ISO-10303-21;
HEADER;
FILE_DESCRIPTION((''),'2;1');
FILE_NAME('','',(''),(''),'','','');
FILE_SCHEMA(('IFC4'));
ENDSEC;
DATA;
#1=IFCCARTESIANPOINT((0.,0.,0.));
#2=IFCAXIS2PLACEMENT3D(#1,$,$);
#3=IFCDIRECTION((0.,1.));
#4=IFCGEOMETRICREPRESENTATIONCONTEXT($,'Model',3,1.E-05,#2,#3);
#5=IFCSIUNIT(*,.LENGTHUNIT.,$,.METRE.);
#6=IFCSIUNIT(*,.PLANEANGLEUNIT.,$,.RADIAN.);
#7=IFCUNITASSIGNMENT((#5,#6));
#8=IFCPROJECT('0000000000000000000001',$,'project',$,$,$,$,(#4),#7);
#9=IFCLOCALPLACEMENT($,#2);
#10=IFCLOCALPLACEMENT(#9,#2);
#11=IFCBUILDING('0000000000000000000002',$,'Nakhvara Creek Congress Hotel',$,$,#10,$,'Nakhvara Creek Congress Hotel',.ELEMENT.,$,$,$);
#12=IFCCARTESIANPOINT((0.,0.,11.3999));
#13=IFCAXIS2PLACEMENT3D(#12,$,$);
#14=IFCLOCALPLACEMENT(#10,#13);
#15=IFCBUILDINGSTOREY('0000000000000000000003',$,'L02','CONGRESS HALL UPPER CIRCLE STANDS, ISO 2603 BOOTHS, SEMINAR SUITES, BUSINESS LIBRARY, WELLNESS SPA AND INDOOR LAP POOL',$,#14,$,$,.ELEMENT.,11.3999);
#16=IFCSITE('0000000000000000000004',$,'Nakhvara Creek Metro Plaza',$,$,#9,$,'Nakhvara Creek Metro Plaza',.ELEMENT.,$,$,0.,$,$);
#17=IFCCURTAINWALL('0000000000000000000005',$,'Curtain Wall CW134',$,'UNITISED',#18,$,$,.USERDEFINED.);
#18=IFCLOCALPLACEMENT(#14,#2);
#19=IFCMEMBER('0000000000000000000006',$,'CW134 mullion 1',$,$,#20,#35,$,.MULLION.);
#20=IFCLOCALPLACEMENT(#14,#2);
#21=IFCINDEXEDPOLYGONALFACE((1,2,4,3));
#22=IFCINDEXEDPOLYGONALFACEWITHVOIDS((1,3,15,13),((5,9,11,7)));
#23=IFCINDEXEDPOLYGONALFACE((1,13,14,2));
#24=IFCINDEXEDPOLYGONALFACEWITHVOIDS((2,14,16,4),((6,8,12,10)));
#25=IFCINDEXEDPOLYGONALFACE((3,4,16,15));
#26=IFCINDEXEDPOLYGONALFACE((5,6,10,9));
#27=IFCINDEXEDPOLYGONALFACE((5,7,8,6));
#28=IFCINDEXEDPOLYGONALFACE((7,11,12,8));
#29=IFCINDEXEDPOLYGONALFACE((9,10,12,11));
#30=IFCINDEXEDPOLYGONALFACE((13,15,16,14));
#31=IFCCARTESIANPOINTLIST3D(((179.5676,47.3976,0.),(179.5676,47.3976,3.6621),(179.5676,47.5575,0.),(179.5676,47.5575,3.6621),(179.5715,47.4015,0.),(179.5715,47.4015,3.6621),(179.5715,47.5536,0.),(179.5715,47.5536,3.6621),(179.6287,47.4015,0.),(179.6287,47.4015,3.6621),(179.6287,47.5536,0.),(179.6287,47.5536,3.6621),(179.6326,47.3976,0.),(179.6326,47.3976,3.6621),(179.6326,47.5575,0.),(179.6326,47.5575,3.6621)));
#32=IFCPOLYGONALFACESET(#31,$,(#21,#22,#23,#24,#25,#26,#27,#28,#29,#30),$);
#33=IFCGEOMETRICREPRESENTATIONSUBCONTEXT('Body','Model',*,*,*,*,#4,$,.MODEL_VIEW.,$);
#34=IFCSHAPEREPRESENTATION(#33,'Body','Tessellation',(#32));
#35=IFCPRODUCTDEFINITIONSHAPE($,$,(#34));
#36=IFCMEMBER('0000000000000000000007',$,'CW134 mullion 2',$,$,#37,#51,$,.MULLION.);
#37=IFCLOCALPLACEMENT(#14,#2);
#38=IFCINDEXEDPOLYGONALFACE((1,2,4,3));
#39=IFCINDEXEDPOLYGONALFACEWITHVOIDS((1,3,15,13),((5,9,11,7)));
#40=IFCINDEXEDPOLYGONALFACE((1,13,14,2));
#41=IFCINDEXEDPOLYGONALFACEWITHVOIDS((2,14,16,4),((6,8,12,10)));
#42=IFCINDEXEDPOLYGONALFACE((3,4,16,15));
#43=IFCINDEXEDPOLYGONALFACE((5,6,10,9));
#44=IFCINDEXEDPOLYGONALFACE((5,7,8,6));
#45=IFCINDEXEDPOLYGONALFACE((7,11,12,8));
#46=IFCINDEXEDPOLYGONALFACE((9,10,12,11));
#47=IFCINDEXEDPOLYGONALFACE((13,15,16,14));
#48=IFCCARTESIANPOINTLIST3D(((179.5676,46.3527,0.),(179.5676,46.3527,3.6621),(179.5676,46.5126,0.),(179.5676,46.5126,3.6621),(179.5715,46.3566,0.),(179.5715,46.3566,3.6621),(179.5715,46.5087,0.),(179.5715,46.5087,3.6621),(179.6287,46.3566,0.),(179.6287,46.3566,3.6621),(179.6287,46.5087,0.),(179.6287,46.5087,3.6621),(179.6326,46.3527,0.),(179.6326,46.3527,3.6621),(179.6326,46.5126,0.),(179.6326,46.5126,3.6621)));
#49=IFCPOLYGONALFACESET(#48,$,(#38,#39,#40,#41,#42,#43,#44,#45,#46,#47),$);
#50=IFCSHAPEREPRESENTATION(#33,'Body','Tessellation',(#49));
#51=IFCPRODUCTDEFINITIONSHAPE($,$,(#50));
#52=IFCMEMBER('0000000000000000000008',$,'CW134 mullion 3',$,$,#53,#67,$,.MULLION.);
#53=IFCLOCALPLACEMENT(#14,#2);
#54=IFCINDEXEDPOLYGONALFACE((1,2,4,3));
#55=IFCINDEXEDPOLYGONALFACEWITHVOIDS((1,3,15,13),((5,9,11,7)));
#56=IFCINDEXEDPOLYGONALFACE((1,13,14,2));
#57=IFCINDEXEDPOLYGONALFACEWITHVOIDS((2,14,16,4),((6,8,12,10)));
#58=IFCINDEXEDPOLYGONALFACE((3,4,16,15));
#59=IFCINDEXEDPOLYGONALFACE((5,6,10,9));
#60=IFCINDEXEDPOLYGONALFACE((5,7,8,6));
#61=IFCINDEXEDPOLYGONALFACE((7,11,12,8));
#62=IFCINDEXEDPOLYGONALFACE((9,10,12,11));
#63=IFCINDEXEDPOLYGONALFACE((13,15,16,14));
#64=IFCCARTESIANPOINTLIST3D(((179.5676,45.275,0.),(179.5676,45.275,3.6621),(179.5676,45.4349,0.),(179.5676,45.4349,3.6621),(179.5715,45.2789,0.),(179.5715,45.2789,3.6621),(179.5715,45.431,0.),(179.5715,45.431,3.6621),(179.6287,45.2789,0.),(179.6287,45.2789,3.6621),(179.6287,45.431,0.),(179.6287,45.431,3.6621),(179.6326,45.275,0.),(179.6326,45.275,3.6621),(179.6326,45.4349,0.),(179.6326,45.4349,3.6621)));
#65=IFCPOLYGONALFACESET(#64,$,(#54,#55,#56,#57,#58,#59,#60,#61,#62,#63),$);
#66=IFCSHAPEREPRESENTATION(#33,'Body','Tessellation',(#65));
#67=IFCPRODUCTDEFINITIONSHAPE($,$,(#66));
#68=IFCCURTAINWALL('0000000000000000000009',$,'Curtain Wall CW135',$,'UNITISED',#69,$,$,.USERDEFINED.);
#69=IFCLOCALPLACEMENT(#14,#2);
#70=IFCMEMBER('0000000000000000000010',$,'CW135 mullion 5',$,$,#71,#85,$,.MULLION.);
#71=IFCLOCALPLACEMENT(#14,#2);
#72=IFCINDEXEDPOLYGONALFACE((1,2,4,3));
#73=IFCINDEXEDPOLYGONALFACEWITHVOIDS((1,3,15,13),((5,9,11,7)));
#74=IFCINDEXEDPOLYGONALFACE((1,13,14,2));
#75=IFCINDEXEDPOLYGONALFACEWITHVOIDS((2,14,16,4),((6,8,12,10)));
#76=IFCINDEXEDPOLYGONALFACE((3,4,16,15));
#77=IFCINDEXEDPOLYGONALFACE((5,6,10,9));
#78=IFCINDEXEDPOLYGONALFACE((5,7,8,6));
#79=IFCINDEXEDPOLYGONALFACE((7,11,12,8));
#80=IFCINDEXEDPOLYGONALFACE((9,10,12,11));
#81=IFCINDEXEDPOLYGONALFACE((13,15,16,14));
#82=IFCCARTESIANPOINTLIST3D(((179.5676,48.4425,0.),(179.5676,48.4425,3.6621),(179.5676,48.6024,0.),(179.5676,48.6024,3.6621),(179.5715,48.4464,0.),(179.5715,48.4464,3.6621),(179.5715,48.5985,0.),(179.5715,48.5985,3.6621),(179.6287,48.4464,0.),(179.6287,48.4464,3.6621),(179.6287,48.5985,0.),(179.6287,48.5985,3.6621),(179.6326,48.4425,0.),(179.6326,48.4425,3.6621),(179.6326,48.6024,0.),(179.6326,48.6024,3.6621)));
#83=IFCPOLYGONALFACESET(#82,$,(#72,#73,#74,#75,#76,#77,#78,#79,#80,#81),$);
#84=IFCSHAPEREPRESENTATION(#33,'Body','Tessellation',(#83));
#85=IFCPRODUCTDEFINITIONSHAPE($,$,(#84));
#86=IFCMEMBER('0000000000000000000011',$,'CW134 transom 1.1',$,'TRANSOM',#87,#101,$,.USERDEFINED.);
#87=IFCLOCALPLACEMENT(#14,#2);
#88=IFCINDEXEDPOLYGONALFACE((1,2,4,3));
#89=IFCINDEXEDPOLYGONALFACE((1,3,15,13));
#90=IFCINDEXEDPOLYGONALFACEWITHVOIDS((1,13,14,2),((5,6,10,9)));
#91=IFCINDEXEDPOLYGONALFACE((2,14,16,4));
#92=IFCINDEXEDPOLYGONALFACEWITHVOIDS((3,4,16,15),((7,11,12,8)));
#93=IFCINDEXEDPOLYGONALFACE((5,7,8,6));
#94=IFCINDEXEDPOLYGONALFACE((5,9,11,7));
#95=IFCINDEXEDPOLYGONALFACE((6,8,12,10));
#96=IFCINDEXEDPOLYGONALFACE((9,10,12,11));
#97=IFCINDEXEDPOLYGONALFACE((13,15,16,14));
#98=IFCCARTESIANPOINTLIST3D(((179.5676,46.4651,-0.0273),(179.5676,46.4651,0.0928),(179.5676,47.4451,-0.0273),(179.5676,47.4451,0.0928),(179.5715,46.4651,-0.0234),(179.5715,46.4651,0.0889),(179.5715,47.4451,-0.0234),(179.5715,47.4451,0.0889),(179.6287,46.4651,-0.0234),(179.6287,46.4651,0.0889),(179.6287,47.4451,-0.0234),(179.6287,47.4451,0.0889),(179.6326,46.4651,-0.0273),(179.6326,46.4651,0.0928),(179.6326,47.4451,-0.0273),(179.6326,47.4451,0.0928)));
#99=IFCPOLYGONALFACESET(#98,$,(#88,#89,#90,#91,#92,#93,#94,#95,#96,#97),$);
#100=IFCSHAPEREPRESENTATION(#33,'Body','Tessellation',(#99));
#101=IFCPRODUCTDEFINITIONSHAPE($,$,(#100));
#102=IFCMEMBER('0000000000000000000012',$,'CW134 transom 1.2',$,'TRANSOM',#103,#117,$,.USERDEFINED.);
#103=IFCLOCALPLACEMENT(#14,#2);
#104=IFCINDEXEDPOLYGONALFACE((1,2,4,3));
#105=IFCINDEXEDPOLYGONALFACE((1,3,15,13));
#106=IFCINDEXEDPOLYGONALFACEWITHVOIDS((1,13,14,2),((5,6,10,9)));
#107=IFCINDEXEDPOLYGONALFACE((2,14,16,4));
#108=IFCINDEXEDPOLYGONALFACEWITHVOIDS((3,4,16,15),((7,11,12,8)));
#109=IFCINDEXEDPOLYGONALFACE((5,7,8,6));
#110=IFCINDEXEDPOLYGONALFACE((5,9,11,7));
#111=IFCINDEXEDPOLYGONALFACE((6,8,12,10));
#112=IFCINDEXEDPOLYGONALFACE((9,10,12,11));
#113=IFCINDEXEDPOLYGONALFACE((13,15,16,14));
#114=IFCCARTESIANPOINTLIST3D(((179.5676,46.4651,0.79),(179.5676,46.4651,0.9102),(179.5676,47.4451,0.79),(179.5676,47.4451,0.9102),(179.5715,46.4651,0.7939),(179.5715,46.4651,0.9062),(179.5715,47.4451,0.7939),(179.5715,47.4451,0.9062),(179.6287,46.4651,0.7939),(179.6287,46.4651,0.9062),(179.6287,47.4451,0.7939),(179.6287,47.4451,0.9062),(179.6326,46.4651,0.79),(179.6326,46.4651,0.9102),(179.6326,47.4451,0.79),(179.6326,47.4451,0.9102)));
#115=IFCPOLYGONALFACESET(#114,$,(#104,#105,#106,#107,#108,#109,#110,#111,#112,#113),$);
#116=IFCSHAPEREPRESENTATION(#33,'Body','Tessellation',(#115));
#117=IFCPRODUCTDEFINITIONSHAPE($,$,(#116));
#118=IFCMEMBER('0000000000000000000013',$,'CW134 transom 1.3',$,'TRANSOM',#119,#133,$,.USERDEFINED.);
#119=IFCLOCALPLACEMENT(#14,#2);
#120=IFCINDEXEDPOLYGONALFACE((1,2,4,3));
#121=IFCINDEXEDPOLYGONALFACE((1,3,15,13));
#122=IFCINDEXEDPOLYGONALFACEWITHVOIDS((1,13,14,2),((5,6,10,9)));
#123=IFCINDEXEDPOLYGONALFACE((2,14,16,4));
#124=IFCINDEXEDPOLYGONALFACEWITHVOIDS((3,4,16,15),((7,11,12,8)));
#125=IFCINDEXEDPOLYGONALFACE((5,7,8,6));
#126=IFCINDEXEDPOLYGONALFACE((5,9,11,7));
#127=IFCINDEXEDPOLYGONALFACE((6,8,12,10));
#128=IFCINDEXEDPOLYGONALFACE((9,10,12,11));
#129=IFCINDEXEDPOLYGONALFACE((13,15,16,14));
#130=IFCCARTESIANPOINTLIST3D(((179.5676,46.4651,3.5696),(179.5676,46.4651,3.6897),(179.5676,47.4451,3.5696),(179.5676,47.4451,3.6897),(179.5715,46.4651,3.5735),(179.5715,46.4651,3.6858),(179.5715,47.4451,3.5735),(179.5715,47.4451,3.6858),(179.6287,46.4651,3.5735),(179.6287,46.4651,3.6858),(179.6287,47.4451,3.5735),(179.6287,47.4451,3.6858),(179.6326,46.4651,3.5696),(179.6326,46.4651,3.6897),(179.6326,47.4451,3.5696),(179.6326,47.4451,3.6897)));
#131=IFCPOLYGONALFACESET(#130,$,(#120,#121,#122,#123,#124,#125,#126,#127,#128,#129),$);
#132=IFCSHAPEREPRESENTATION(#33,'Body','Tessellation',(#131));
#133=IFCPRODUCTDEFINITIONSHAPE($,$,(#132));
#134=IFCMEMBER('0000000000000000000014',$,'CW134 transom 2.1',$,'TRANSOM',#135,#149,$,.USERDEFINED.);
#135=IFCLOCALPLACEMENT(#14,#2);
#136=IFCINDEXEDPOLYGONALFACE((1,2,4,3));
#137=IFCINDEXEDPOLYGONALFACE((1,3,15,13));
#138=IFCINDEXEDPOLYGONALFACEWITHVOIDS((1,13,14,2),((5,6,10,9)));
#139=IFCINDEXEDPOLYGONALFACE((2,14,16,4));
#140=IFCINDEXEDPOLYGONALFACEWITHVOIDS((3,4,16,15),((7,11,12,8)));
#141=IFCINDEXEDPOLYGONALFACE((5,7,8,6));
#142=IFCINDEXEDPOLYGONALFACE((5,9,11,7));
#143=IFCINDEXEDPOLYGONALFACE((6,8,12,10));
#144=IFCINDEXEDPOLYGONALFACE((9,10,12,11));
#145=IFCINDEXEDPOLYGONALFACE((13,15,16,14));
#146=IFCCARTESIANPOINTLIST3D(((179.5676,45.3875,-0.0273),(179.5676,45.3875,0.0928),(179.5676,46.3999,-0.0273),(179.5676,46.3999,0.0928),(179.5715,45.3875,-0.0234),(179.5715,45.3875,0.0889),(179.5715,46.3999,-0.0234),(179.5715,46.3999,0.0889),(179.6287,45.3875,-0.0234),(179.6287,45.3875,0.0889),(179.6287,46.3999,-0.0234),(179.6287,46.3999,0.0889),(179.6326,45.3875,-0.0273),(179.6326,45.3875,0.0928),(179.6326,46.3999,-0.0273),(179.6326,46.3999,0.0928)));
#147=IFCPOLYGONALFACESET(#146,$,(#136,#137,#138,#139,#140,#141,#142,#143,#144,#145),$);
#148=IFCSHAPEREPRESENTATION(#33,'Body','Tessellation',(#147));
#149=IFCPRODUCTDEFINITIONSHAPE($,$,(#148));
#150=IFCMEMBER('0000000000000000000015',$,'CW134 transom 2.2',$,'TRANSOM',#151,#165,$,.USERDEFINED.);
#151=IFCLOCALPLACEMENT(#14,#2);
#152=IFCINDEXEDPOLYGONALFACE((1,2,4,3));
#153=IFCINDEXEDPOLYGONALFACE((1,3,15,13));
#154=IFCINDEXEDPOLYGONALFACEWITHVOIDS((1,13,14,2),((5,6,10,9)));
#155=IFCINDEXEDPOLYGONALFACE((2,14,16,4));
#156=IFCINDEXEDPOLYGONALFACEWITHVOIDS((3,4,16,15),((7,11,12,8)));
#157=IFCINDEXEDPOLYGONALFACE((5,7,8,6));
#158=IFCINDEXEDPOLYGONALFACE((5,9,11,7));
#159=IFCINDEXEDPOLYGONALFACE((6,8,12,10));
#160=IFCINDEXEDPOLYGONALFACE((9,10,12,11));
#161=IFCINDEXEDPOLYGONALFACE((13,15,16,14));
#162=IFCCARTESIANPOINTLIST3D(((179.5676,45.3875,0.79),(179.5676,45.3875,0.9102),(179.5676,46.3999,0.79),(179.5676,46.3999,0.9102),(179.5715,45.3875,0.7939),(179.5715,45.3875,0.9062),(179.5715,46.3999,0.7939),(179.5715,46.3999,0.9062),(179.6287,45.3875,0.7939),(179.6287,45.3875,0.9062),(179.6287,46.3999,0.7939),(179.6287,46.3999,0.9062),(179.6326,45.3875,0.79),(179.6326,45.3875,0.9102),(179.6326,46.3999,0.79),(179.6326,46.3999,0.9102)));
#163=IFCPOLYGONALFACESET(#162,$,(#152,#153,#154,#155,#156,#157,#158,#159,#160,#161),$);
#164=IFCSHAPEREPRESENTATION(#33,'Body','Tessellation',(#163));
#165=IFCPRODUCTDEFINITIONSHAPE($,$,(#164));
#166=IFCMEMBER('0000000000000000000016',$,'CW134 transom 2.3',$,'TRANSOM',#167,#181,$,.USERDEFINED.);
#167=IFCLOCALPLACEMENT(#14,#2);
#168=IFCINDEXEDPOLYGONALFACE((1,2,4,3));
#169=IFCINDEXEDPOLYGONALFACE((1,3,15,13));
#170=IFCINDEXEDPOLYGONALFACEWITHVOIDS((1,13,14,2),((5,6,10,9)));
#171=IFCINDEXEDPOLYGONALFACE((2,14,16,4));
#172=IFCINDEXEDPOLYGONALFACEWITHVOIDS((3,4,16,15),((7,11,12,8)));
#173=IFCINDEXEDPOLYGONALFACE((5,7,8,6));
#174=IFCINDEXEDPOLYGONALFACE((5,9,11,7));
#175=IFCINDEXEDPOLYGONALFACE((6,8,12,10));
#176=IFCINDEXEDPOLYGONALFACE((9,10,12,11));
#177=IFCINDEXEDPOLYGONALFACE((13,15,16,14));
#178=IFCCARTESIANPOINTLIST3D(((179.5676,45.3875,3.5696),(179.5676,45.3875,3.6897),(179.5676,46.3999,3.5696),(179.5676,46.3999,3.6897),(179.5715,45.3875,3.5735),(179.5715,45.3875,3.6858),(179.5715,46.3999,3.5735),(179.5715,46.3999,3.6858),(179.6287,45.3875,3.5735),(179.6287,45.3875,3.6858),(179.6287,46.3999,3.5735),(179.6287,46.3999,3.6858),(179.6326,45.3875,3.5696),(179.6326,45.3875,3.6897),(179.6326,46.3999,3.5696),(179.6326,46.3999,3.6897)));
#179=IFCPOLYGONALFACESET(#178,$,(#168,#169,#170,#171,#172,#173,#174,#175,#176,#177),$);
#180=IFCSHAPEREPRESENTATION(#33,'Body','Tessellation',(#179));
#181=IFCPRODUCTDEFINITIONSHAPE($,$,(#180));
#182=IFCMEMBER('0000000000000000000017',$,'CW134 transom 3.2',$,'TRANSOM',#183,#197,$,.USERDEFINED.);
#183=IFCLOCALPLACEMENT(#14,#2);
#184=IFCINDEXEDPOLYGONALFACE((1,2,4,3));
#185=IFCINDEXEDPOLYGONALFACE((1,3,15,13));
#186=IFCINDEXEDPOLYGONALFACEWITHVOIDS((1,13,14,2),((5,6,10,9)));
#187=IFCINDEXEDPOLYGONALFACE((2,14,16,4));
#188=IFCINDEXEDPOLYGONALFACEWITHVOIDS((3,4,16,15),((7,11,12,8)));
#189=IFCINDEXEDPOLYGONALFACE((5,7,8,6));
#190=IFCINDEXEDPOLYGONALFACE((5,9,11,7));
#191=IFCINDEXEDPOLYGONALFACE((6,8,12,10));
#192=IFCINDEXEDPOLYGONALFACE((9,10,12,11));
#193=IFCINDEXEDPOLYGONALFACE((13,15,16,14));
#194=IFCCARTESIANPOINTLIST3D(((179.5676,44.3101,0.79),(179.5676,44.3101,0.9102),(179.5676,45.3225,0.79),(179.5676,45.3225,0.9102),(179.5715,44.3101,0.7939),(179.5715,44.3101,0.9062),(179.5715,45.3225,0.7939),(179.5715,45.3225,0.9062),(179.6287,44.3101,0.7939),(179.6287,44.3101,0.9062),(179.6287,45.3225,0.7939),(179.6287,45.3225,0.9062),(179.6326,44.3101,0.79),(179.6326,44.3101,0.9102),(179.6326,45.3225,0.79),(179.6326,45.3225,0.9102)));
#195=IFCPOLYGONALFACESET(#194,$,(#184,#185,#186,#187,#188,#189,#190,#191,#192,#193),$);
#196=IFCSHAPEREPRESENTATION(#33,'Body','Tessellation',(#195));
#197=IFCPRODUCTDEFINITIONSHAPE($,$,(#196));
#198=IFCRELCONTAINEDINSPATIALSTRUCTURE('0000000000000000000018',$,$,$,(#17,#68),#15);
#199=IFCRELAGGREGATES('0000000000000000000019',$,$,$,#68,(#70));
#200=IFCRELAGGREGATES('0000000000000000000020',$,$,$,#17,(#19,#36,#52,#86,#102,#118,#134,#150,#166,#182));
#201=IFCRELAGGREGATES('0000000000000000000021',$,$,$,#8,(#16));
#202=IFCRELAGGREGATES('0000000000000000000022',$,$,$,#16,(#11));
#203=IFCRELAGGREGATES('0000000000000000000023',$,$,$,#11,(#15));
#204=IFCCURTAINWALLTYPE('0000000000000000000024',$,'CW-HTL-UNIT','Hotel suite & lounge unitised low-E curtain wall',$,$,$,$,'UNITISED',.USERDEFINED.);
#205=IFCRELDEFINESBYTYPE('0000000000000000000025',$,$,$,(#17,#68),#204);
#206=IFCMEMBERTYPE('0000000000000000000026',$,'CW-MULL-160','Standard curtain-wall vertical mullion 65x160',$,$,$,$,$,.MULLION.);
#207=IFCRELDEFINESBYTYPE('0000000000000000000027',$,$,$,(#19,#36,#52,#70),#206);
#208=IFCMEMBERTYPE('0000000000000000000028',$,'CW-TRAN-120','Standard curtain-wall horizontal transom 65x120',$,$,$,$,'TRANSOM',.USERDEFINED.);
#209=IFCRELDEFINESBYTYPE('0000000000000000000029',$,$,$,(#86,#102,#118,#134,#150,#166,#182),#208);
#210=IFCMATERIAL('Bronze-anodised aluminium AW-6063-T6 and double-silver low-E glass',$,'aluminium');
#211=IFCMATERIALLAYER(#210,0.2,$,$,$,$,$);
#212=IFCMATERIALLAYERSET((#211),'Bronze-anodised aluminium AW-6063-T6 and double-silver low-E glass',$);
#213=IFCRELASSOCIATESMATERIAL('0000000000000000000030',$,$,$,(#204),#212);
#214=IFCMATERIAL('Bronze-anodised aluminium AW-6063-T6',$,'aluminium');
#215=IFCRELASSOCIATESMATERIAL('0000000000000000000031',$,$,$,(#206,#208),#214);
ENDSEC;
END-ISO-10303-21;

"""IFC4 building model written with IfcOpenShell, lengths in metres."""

from ifc_helpers import new_model, si_unit, direction, frame, origin, origin_2d, place, context, subcontext, project, spatial, hollow_rectangle, extrude, material, layer, layer_set, material_profile, profile_set, type_object, element, aggregate, save


model = new_model("IFC4")

# Units and contexts
model_context = context("Model", 3, precision=1e-05, world=origin(), true_north=direction((0.0, 1.0)))
body_context = subcontext(model_context, "Body", "Model", "MODEL_VIEW")
ifc_project = project(units=[si_unit("LENGTHUNIT", "METRE"), si_unit("PLANEANGLEUNIT", "RADIAN")], contexts=[model_context])

# Site, building, storey
site_placement = place(None, origin())
site = spatial("IfcSite", under=ifc_project, at=site_placement, Name="Nakhvara Creek Metro Plaza", LongName="Nakhvara Creek Metro Plaza", CompositionType="ELEMENT", RefElevation=0.0)
building_placement = place(site_placement, origin())
building = spatial("IfcBuilding", under=site, at=building_placement, Name="Nakhvara Creek Congress Hotel", LongName="Nakhvara Creek Congress Hotel", CompositionType="ELEMENT")
storey_placement = place(building_placement, frame((0.0, 0.0, 11.3999)))
storey = spatial("IfcBuildingStorey", under=building, at=storey_placement, Name="L02", Description="CONGRESS HALL UPPER CIRCLE STANDS, ISO 2603 BOOTHS, SEMINAR SUITES, BUSINESS LIBRARY, WELLNESS SPA AND INDOOR LAP POOL", CompositionType="ELEMENT", Elevation=11.3999)

# Curtain wall, members
ifc_material_1 = material(Name="Bronze-anodised aluminium AW-6063-T6 and double-silver low-E glass", Category="aluminium")
ifc_layer_1 = layer(ifc_material_1, 0.2)
ifc_layer_set_1 = layer_set([ifc_layer_1], Name="Bronze-anodised aluminium AW-6063-T6 and double-silver low-E glass")
curtain_wall_type = type_object("IfcCurtainWallType", Name="CW-HTL-UNIT", Description="Hotel suite & lounge unitised low-E curtain wall", ElementType="UNITISED", PredefinedType="USERDEFINED", material=ifc_layer_set_1)
curtain_wall_1_placement = place(storey_placement, origin())
curtain_wall_1 = element("IfcCurtainWall", 1, at=curtain_wall_1_placement, inside=storey, type_object=curtain_wall_type, Name="Curtain Wall CW134", ObjectType="UNITISED", PredefinedType="USERDEFINED")
ifc_material_2 = material(Name="Bronze-anodised aluminium AW-6063-T6", Category="aluminium")
ifc_material_profile_1 = material_profile(ifc_material_2, hollow_rectangle(XDim=0.0649, YDim=0.1599, WallThickness=0.0039, at=origin_2d()), Name="ALU-MULL 65x160x4", Category="LoadBearing")
ifc_profile_set_1 = profile_set([ifc_material_profile_1], Name="Bronze-anodised aluminium AW-6063-T6")
member_type_1 = type_object("IfcMemberType", Name="CW-MULL-160", Description="Standard curtain-wall vertical mullion 65x160", PredefinedType="MULLION", material=ifc_profile_set_1)
member_1_placement = place(storey_placement, frame((179.6001, 47.4775, 0.0), z_axis=(0.0, 0.0, 1.0), x_axis=(1.0, 0.0, 0.0)))
member_1 = element("IfcMember", 2, at=member_1_placement, type_object=member_type_1, Name="CW134 mullion 1", PredefinedType="MULLION", context=body_context, shape_type="SweptSolid", body=[
    extrude(hollow_rectangle(XDim=0.0649, YDim=0.1599, WallThickness=0.0039, at=origin_2d()), origin(), (0.0, 0.0, 1.0), 3.6621),
])
member_2_placement = place(storey_placement, frame((179.6001, 46.4326, 0.0), z_axis=(0.0, 0.0, 1.0), x_axis=(1.0, 0.0, 0.0)))
member_2 = element("IfcMember", 3, at=member_2_placement, type_object=member_type_1, Name="CW134 mullion 2", PredefinedType="MULLION", context=body_context, shape_type="SweptSolid", body=[
    extrude(hollow_rectangle(XDim=0.0649, YDim=0.1599, WallThickness=0.0039, at=origin_2d()), origin(), (0.0, 0.0, 1.0), 3.6621),
])
member_3_placement = place(storey_placement, frame((179.6001, 45.355, 0.0), z_axis=(0.0, 0.0, 1.0), x_axis=(1.0, 0.0, 0.0)))
member_3 = element("IfcMember", 4, at=member_3_placement, type_object=member_type_1, Name="CW134 mullion 3", PredefinedType="MULLION", context=body_context, shape_type="SweptSolid", body=[
    extrude(hollow_rectangle(XDim=0.0649, YDim=0.1599, WallThickness=0.0039, at=origin_2d()), origin(), (0.0, 0.0, 1.0), 3.6621),
])

# Curtain wall, member
curtain_wall_2_placement = place(storey_placement, origin())
curtain_wall_2 = element("IfcCurtainWall", 5, at=curtain_wall_2_placement, inside=storey, type_object=curtain_wall_type, Name="Curtain Wall CW135", ObjectType="UNITISED", PredefinedType="USERDEFINED")
member_4_placement = place(storey_placement, frame((179.6001, 48.5225, 0.0), z_axis=(0.0, 0.0, 1.0), x_axis=(1.0, 0.0, 0.0)))
member_4 = element("IfcMember", 6, at=member_4_placement, type_object=member_type_1, Name="CW135 mullion 5", PredefinedType="MULLION", context=body_context, shape_type="SweptSolid", body=[
    extrude(hollow_rectangle(XDim=0.0649, YDim=0.1599, WallThickness=0.0039, at=origin_2d()), origin(), (0.0, 0.0, 1.0), 3.6621),
])
aggregate(curtain_wall_2, [member_4])

# Members
ifc_material_profile_2 = material_profile(ifc_material_2, hollow_rectangle(XDim=0.0649, YDim=0.1201, WallThickness=0.0039, at=origin_2d()), Name="ALU-TRAN 65x120x4", Category="LoadBearing")
ifc_profile_set_2 = profile_set([ifc_material_profile_2], Name="Bronze-anodised aluminium AW-6063-T6")
member_type_2 = type_object("IfcMemberType", Name="CW-TRAN-120", Description="Standard curtain-wall horizontal transom 65x120", ElementType="TRANSOM", PredefinedType="USERDEFINED", material=ifc_profile_set_2)
member_5_placement = place(storey_placement, frame((179.6001, 47.4451, 0.0327), z_axis=(0.0, -1.0, 0.0), x_axis=(1.0, 0.0, 0.0)))
member_5 = element("IfcMember", 7, at=member_5_placement, type_object=member_type_2, Name="CW134 transom 1.1", ObjectType="TRANSOM", PredefinedType="USERDEFINED", context=body_context, shape_type="SweptSolid", body=[
    extrude(hollow_rectangle(XDim=0.0649, YDim=0.1201, WallThickness=0.0039, at=origin_2d()), origin(), (0.0, 0.0, 1.0), 0.98),
])
member_6_placement = place(storey_placement, frame((179.6001, 47.4451, 0.8501), z_axis=(0.0, -1.0, 0.0), x_axis=(1.0, 0.0, 0.0)))
member_6 = element("IfcMember", 8, at=member_6_placement, type_object=member_type_2, Name="CW134 transom 1.2", ObjectType="TRANSOM", PredefinedType="USERDEFINED", context=body_context, shape_type="SweptSolid", body=[
    extrude(hollow_rectangle(XDim=0.0649, YDim=0.1201, WallThickness=0.0039, at=origin_2d()), origin(), (0.0, 0.0, 1.0), 0.98),
])
member_7_placement = place(storey_placement, frame((179.6001, 47.4451, 3.6296), z_axis=(0.0, -1.0, 0.0), x_axis=(1.0, 0.0, 0.0)))
member_7 = element("IfcMember", 9, at=member_7_placement, type_object=member_type_2, Name="CW134 transom 1.3", ObjectType="TRANSOM", PredefinedType="USERDEFINED", context=body_context, shape_type="SweptSolid", body=[
    extrude(hollow_rectangle(XDim=0.0649, YDim=0.1201, WallThickness=0.0039, at=origin_2d()), origin(), (0.0, 0.0, 1.0), 0.98),
])
member_8_placement = place(storey_placement, frame((179.6001, 46.3999, 0.0327), z_axis=(0.0, -1.0, 0.0), x_axis=(1.0, 0.0, 0.0)))
member_8 = element("IfcMember", 10, at=member_8_placement, type_object=member_type_2, Name="CW134 transom 2.1", ObjectType="TRANSOM", PredefinedType="USERDEFINED", context=body_context, shape_type="SweptSolid", body=[
    extrude(hollow_rectangle(XDim=0.0649, YDim=0.1201, WallThickness=0.0039, at=origin_2d()), origin(), (0.0, 0.0, 1.0), 1.0125),
])
member_9_placement = place(storey_placement, frame((179.6001, 46.3999, 0.8501), z_axis=(0.0, -1.0, 0.0), x_axis=(1.0, 0.0, 0.0)))
member_9 = element("IfcMember", 11, at=member_9_placement, type_object=member_type_2, Name="CW134 transom 2.2", ObjectType="TRANSOM", PredefinedType="USERDEFINED", context=body_context, shape_type="SweptSolid", body=[
    extrude(hollow_rectangle(XDim=0.0649, YDim=0.1201, WallThickness=0.0039, at=origin_2d()), origin(), (0.0, 0.0, 1.0), 1.0125),
])
member_10_placement = place(storey_placement, frame((179.6001, 46.3999, 3.6296), z_axis=(0.0, -1.0, 0.0), x_axis=(1.0, 0.0, 0.0)))
member_10 = element("IfcMember", 12, at=member_10_placement, type_object=member_type_2, Name="CW134 transom 2.3", ObjectType="TRANSOM", PredefinedType="USERDEFINED", context=body_context, shape_type="SweptSolid", body=[
    extrude(hollow_rectangle(XDim=0.0649, YDim=0.1201, WallThickness=0.0039, at=origin_2d()), origin(), (0.0, 0.0, 1.0), 1.0125),
])
member_11_placement = place(storey_placement, frame((179.6001, 45.3225, 0.8501), z_axis=(0.0, -1.0, 0.0), x_axis=(1.0, 0.0, 0.0)))
member_11 = element("IfcMember", 13, at=member_11_placement, type_object=member_type_2, Name="CW134 transom 3.2", ObjectType="TRANSOM", PredefinedType="USERDEFINED", context=body_context, shape_type="SweptSolid", body=[
    extrude(hollow_rectangle(XDim=0.0649, YDim=0.1201, WallThickness=0.0039, at=origin_2d()), origin(), (0.0, 0.0, 1.0), 1.0125),
])

aggregate(curtain_wall_1, [member_1, member_2, member_3, member_5, member_6, member_7, member_8, member_9, member_10, member_11])

save(model, "model.ifc")
